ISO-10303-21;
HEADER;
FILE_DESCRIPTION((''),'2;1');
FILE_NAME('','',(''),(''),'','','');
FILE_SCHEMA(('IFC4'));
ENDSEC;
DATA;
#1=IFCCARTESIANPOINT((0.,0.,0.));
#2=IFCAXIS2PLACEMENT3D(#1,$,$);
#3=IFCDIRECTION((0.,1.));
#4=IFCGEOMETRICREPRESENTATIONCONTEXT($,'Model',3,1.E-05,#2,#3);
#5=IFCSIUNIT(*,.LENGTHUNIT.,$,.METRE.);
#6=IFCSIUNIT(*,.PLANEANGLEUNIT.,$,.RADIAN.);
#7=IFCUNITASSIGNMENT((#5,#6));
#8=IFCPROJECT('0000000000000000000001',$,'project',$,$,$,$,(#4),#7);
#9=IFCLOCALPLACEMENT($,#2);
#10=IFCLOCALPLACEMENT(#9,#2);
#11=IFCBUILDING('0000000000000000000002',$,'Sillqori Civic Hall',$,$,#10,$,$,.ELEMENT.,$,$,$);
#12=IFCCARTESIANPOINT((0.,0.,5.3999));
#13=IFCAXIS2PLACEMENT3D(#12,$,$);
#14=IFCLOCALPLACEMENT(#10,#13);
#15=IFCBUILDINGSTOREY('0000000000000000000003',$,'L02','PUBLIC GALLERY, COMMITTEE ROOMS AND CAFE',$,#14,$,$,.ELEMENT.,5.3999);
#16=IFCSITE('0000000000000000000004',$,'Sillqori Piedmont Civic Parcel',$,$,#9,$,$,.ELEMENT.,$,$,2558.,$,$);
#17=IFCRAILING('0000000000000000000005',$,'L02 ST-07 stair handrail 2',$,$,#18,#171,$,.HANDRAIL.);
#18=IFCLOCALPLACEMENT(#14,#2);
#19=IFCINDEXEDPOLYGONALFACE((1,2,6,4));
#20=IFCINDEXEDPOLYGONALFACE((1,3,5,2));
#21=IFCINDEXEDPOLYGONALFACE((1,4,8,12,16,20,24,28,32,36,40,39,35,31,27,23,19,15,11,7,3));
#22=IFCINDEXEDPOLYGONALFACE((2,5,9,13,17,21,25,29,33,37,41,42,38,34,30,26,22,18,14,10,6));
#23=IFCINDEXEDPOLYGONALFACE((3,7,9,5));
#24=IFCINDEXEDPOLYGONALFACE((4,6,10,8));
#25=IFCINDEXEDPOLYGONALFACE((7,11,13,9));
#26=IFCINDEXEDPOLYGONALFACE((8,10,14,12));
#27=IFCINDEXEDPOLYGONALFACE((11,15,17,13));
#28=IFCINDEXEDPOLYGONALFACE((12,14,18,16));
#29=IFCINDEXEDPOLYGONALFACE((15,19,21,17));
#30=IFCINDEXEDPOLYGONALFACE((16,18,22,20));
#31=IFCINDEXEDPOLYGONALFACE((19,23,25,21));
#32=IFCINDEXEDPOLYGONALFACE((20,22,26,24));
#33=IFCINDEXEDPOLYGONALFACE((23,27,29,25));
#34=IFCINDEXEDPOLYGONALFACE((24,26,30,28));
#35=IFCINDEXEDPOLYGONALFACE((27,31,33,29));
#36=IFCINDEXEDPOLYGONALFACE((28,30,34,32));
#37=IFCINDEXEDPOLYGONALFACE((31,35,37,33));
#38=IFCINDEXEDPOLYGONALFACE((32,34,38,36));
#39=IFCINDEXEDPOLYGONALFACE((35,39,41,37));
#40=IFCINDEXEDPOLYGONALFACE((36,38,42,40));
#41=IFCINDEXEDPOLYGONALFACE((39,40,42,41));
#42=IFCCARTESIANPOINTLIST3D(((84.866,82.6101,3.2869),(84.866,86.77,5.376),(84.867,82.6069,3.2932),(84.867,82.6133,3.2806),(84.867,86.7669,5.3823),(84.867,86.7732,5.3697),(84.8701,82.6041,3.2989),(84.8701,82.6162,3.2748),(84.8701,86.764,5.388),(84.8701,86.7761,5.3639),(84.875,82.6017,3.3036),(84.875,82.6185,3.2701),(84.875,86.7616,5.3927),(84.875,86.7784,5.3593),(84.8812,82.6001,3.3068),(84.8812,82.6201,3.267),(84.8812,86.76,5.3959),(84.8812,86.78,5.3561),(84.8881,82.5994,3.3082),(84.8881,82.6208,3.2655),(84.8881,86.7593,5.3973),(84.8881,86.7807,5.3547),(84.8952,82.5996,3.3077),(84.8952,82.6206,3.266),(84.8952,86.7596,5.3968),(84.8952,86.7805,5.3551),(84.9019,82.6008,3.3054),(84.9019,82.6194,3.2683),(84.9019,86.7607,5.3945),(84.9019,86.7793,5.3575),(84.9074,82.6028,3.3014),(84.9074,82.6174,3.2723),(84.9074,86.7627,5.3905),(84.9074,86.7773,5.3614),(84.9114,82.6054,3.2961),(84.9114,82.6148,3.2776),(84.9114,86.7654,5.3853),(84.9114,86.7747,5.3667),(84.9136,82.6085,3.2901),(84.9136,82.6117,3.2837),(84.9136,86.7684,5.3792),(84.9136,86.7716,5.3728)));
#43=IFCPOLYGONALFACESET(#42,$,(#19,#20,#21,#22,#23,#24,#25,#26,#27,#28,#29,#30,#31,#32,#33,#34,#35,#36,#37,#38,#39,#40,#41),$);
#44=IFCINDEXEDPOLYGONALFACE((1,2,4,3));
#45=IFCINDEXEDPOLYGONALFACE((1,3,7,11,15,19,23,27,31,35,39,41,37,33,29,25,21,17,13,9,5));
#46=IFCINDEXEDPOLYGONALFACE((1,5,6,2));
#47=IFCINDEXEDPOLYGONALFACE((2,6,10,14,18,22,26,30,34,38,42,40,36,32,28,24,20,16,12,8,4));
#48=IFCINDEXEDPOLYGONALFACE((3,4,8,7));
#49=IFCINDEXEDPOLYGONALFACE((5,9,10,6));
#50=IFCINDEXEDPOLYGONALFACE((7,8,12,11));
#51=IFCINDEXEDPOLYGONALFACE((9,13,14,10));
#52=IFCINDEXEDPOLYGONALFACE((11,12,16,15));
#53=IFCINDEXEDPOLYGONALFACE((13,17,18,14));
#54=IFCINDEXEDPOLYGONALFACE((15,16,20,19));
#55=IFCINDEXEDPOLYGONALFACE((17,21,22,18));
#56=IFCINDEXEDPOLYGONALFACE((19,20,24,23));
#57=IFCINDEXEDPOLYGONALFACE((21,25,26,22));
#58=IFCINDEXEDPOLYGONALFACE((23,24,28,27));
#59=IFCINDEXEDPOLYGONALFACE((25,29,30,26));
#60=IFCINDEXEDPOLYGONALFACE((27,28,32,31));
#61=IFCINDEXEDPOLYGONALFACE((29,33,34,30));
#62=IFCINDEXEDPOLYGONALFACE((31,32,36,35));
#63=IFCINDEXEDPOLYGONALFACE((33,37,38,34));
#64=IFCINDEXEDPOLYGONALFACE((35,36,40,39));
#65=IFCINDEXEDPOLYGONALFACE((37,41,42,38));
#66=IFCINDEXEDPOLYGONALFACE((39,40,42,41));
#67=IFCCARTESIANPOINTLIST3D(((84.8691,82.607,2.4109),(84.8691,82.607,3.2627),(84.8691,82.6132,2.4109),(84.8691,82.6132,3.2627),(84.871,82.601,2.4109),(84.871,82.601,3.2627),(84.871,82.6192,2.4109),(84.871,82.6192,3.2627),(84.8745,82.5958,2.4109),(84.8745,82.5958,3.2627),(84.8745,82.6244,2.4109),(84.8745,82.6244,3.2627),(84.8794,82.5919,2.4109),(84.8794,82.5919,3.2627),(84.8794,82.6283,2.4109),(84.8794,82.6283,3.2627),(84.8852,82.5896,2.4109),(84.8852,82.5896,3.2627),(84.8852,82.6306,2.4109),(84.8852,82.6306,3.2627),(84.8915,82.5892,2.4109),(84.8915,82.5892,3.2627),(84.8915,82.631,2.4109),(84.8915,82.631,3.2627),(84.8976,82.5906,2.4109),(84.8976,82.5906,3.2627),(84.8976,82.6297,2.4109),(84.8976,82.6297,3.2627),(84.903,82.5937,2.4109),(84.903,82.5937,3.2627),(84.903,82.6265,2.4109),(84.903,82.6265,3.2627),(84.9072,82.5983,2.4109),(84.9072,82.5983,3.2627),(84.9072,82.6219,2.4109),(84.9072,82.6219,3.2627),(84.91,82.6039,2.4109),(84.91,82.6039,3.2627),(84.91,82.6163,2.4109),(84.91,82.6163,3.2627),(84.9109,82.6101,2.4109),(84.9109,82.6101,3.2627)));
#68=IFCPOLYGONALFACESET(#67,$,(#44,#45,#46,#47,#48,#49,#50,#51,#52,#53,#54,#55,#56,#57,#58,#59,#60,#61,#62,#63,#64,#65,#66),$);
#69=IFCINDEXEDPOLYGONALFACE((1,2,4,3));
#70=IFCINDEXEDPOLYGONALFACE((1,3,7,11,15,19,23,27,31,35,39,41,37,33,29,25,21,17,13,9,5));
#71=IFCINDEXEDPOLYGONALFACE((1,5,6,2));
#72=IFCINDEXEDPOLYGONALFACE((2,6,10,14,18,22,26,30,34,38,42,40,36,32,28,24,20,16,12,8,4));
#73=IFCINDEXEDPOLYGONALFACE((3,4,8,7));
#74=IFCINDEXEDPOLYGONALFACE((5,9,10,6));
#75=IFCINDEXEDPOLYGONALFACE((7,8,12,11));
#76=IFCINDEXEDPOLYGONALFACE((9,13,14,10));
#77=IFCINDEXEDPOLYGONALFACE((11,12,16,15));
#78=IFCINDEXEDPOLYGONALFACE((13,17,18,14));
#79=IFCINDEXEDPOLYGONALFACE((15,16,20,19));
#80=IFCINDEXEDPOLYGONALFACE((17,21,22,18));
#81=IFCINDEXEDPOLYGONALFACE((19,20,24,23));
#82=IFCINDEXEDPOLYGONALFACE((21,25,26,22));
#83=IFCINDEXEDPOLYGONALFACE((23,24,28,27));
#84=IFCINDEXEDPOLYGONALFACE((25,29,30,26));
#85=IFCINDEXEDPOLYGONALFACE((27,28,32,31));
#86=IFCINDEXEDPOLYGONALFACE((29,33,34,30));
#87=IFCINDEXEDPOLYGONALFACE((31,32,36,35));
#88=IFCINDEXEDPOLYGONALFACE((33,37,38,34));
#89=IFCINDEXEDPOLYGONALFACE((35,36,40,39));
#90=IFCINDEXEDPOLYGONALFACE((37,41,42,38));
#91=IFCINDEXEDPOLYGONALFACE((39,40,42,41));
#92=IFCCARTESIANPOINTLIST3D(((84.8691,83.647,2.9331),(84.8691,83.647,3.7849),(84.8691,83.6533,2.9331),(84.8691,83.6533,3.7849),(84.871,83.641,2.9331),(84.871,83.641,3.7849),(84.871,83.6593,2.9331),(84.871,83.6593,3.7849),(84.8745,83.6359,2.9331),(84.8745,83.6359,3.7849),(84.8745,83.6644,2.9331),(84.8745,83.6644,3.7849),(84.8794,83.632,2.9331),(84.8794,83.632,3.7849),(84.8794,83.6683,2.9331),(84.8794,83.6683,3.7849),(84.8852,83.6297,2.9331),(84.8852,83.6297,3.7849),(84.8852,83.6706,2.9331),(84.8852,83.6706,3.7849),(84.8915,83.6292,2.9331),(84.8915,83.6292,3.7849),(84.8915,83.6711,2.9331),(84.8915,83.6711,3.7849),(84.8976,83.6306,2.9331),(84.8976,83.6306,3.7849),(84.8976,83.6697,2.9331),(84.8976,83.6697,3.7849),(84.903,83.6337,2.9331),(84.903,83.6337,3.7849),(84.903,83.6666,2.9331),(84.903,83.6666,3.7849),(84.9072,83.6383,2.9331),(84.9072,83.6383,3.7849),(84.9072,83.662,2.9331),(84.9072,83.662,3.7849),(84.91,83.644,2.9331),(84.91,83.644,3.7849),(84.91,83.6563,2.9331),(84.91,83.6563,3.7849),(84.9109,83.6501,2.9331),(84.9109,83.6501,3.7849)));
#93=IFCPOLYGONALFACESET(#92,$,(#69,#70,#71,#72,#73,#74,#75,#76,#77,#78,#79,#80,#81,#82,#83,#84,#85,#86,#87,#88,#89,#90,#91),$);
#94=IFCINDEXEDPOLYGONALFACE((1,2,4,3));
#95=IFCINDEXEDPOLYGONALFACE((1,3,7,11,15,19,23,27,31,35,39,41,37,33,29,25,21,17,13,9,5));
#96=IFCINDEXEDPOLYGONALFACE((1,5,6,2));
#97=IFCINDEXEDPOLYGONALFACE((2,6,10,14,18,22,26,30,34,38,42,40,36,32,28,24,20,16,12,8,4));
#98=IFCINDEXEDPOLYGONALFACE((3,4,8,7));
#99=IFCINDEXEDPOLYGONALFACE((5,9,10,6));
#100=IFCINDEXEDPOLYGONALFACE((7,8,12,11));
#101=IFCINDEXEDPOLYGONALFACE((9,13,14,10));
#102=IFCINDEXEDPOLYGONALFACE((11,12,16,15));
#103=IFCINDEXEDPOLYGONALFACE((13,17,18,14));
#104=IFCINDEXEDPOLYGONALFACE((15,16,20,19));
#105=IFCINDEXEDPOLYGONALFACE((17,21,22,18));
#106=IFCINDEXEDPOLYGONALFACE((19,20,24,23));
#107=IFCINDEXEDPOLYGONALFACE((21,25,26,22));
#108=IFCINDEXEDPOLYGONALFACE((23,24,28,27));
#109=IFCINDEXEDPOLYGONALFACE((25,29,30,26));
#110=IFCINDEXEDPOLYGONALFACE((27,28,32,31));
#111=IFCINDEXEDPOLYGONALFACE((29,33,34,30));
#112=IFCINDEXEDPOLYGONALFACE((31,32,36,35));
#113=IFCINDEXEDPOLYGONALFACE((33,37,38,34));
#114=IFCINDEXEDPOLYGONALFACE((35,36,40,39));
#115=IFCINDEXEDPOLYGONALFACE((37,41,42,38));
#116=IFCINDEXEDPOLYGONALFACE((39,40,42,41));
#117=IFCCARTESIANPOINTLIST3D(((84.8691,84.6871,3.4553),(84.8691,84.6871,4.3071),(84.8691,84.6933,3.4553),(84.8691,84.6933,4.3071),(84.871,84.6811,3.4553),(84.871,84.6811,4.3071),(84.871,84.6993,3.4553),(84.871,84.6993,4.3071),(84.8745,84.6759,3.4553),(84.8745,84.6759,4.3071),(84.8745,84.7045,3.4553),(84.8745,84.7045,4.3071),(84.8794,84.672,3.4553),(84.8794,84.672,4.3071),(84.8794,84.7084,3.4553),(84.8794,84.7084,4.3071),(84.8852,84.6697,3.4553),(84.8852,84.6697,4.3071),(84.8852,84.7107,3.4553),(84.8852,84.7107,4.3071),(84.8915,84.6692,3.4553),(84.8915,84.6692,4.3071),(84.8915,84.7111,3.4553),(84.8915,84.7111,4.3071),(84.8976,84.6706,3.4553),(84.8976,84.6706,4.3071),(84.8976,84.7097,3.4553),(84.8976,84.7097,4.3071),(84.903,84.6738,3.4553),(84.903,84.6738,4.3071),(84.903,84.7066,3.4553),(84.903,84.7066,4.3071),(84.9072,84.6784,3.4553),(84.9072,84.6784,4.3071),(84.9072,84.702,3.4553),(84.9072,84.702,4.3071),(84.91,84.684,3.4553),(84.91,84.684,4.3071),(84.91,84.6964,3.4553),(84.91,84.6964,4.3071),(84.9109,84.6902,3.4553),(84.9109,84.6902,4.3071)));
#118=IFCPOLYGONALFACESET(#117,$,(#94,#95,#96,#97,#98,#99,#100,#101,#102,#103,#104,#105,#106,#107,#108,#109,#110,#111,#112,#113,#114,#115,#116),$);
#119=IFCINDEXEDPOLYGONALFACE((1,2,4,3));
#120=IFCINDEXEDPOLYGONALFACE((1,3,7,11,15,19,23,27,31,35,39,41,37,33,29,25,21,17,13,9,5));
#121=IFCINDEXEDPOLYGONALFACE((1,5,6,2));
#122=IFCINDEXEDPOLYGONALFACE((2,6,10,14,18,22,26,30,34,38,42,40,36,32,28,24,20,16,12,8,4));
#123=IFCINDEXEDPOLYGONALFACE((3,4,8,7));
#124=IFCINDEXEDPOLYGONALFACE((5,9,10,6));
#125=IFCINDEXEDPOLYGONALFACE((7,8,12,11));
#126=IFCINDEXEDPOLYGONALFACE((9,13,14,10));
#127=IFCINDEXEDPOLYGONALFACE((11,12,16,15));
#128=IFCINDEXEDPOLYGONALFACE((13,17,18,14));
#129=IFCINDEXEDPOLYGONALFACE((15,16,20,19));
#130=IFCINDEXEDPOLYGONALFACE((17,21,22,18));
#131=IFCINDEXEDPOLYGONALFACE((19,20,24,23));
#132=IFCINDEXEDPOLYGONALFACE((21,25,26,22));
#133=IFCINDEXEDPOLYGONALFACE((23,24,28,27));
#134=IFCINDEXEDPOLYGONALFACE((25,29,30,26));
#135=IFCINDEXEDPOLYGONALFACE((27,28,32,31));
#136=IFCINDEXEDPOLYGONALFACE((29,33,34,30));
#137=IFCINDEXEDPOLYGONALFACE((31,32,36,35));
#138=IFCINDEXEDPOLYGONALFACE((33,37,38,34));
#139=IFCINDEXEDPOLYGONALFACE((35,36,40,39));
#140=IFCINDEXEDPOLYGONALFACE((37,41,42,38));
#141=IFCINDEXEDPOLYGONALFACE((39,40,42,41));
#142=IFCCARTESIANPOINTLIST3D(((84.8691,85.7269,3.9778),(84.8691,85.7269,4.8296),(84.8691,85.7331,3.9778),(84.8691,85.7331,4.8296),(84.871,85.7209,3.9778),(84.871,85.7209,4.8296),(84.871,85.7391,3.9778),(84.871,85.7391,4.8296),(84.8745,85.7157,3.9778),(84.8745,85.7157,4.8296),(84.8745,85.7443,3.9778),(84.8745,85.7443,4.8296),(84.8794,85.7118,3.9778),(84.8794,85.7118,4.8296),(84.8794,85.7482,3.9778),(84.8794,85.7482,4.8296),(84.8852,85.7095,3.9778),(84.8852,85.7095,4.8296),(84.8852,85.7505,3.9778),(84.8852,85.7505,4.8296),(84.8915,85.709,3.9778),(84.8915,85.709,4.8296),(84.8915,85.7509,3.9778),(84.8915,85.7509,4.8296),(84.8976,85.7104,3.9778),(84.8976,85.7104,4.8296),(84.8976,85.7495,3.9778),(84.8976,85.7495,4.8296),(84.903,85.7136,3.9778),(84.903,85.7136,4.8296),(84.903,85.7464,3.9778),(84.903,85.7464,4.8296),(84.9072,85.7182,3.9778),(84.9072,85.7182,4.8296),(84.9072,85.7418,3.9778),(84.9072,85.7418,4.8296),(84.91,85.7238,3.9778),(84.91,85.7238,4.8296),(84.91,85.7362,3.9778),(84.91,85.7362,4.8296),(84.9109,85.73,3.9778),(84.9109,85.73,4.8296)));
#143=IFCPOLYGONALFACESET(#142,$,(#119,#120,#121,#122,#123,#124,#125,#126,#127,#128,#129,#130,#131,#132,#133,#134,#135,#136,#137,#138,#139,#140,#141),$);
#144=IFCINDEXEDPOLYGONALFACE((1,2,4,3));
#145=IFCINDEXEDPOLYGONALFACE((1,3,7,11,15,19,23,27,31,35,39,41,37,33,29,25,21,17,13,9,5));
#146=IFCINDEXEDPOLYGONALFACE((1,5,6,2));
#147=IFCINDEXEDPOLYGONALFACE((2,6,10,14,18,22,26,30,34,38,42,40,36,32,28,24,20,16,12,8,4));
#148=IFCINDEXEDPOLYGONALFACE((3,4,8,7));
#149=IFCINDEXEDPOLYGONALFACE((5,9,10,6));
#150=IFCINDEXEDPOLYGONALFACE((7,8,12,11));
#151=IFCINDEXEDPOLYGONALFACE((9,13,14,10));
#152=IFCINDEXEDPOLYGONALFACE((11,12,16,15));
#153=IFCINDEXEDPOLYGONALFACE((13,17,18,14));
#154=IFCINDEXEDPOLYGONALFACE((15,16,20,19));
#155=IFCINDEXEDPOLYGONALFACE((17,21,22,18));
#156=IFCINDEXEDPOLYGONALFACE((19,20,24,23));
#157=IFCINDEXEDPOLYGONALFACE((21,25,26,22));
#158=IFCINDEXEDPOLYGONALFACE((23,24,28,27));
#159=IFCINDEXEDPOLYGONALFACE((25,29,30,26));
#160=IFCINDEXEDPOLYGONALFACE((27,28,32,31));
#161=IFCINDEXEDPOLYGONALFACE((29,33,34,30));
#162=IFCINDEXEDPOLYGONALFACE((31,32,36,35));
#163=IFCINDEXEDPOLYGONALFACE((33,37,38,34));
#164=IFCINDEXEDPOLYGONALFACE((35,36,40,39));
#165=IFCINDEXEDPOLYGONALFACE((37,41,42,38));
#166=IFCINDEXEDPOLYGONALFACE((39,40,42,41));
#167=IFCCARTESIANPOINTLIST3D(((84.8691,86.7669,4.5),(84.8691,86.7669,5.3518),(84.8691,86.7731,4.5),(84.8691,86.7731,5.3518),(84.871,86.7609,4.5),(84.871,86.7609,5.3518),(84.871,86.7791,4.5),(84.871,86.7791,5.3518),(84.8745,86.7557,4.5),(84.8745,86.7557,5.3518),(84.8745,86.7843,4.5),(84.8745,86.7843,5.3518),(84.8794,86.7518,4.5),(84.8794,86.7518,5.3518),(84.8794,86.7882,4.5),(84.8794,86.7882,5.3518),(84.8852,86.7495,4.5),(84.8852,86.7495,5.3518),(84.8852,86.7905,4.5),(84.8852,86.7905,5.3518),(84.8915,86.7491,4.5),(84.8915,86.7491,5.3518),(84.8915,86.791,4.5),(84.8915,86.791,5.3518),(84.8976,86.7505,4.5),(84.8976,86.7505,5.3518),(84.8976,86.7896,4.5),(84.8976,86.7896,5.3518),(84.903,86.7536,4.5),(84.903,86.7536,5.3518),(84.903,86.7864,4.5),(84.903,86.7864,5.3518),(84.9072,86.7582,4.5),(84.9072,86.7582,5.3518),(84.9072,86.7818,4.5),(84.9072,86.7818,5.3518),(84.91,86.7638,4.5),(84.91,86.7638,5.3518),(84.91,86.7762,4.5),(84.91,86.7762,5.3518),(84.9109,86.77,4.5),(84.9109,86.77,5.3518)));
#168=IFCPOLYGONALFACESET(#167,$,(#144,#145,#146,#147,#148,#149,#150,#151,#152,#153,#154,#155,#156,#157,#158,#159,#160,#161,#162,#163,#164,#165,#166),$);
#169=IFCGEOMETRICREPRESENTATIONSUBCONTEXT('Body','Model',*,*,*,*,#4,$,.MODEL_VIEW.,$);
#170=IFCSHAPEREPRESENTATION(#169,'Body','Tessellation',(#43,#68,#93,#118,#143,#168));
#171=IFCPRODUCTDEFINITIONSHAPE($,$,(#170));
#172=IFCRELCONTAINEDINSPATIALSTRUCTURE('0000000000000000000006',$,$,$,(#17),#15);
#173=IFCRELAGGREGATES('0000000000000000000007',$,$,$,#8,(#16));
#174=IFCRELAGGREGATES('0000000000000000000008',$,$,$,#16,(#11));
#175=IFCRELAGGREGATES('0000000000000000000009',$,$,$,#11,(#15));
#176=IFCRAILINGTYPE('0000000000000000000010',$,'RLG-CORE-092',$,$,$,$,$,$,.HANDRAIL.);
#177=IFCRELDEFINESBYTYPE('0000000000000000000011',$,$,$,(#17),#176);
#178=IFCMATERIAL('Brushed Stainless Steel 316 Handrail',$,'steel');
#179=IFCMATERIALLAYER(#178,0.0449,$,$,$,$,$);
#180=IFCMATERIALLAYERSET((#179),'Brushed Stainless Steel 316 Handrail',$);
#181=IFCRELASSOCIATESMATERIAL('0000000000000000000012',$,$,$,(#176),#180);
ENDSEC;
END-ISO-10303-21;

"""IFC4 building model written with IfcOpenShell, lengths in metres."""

from ifc_helpers import new_model, si_unit, direction, frame, origin, origin_2d, place, context, subcontext, project, spatial, circle, extrude, material, layer, layer_set, type_object, element, save


model = new_model("IFC4")

# Units and contexts
model_context = context("Model", 3, precision=1e-05, world=origin(), true_north=direction((0.0, 1.0)))
body_context = subcontext(model_context, "Body", "Model", "MODEL_VIEW")
ifc_project = project(units=[si_unit("LENGTHUNIT", "METRE"), si_unit("PLANEANGLEUNIT", "RADIAN")], contexts=[model_context])

# Site, building, storey
site_placement = place(None, origin())
site = spatial("IfcSite", under=ifc_project, at=site_placement, Name="Sillqori Piedmont Civic Parcel", CompositionType="ELEMENT", RefElevation=2558.0)
building_placement = place(site_placement, origin())
building = spatial("IfcBuilding", under=site, at=building_placement, Name="Sillqori Civic Hall", CompositionType="ELEMENT")
storey_placement = place(building_placement, frame((0.0, 0.0, 5.3999)))
storey = spatial("IfcBuildingStorey", under=building, at=storey_placement, Name="L02", Description="PUBLIC GALLERY, COMMITTEE ROOMS AND CAFE", CompositionType="ELEMENT", Elevation=5.3999)

# Railing
ifc_material_1 = material(Name="Brushed Stainless Steel 316 Handrail", Category="steel")
ifc_layer_1 = layer(ifc_material_1, 0.0449)
ifc_layer_set_1 = layer_set([ifc_layer_1], Name="Brushed Stainless Steel 316 Handrail")
railing_type_1 = type_object("IfcRailingType", Name="RLG-CORE-092", PredefinedType="HANDRAIL", material=ifc_layer_set_1)
railing_1_placement = place(storey_placement, frame((84.8899, 82.6101, 2.4109)))
element("IfcRailing", 1, at=railing_1_placement, inside=storey, type_object=railing_type_1, Name="L02 ST-07 stair handrail 2", PredefinedType="HANDRAIL", context=body_context, shape_type="SweptSolid", body=[
    extrude(circle(Radius=0.0239, at=origin_2d()), frame((0.0, 0.0, 0.876), z_axis=(0.0, 0.893639, 0.448786), x_axis=(-1.0, 0.0, 0.0)), (0.0, 0.0, 1.0), 4.655),
    extrude(circle(Radius=0.021, at=origin_2d()), origin(), (0.0, 0.0, 1.0), 0.8518),
    extrude(circle(Radius=0.021, at=origin_2d()), frame((0.0, 1.04, 0.5222)), (0.0, 0.0, 1.0), 0.8518),
    extrude(circle(Radius=0.021, at=origin_2d()), frame((0.0, 2.0801, 1.0444)), (0.0, 0.0, 1.0), 0.8518),
    extrude(circle(Radius=0.021, at=origin_2d()), frame((0.0, 3.1199, 1.5669)), (0.0, 0.0, 1.0), 0.8518),
    extrude(circle(Radius=0.021, at=origin_2d()), frame((0.0, 4.1599, 2.0891)), (0.0, 0.0, 1.0), 0.8518),
])

save(model, "model.ifc")
